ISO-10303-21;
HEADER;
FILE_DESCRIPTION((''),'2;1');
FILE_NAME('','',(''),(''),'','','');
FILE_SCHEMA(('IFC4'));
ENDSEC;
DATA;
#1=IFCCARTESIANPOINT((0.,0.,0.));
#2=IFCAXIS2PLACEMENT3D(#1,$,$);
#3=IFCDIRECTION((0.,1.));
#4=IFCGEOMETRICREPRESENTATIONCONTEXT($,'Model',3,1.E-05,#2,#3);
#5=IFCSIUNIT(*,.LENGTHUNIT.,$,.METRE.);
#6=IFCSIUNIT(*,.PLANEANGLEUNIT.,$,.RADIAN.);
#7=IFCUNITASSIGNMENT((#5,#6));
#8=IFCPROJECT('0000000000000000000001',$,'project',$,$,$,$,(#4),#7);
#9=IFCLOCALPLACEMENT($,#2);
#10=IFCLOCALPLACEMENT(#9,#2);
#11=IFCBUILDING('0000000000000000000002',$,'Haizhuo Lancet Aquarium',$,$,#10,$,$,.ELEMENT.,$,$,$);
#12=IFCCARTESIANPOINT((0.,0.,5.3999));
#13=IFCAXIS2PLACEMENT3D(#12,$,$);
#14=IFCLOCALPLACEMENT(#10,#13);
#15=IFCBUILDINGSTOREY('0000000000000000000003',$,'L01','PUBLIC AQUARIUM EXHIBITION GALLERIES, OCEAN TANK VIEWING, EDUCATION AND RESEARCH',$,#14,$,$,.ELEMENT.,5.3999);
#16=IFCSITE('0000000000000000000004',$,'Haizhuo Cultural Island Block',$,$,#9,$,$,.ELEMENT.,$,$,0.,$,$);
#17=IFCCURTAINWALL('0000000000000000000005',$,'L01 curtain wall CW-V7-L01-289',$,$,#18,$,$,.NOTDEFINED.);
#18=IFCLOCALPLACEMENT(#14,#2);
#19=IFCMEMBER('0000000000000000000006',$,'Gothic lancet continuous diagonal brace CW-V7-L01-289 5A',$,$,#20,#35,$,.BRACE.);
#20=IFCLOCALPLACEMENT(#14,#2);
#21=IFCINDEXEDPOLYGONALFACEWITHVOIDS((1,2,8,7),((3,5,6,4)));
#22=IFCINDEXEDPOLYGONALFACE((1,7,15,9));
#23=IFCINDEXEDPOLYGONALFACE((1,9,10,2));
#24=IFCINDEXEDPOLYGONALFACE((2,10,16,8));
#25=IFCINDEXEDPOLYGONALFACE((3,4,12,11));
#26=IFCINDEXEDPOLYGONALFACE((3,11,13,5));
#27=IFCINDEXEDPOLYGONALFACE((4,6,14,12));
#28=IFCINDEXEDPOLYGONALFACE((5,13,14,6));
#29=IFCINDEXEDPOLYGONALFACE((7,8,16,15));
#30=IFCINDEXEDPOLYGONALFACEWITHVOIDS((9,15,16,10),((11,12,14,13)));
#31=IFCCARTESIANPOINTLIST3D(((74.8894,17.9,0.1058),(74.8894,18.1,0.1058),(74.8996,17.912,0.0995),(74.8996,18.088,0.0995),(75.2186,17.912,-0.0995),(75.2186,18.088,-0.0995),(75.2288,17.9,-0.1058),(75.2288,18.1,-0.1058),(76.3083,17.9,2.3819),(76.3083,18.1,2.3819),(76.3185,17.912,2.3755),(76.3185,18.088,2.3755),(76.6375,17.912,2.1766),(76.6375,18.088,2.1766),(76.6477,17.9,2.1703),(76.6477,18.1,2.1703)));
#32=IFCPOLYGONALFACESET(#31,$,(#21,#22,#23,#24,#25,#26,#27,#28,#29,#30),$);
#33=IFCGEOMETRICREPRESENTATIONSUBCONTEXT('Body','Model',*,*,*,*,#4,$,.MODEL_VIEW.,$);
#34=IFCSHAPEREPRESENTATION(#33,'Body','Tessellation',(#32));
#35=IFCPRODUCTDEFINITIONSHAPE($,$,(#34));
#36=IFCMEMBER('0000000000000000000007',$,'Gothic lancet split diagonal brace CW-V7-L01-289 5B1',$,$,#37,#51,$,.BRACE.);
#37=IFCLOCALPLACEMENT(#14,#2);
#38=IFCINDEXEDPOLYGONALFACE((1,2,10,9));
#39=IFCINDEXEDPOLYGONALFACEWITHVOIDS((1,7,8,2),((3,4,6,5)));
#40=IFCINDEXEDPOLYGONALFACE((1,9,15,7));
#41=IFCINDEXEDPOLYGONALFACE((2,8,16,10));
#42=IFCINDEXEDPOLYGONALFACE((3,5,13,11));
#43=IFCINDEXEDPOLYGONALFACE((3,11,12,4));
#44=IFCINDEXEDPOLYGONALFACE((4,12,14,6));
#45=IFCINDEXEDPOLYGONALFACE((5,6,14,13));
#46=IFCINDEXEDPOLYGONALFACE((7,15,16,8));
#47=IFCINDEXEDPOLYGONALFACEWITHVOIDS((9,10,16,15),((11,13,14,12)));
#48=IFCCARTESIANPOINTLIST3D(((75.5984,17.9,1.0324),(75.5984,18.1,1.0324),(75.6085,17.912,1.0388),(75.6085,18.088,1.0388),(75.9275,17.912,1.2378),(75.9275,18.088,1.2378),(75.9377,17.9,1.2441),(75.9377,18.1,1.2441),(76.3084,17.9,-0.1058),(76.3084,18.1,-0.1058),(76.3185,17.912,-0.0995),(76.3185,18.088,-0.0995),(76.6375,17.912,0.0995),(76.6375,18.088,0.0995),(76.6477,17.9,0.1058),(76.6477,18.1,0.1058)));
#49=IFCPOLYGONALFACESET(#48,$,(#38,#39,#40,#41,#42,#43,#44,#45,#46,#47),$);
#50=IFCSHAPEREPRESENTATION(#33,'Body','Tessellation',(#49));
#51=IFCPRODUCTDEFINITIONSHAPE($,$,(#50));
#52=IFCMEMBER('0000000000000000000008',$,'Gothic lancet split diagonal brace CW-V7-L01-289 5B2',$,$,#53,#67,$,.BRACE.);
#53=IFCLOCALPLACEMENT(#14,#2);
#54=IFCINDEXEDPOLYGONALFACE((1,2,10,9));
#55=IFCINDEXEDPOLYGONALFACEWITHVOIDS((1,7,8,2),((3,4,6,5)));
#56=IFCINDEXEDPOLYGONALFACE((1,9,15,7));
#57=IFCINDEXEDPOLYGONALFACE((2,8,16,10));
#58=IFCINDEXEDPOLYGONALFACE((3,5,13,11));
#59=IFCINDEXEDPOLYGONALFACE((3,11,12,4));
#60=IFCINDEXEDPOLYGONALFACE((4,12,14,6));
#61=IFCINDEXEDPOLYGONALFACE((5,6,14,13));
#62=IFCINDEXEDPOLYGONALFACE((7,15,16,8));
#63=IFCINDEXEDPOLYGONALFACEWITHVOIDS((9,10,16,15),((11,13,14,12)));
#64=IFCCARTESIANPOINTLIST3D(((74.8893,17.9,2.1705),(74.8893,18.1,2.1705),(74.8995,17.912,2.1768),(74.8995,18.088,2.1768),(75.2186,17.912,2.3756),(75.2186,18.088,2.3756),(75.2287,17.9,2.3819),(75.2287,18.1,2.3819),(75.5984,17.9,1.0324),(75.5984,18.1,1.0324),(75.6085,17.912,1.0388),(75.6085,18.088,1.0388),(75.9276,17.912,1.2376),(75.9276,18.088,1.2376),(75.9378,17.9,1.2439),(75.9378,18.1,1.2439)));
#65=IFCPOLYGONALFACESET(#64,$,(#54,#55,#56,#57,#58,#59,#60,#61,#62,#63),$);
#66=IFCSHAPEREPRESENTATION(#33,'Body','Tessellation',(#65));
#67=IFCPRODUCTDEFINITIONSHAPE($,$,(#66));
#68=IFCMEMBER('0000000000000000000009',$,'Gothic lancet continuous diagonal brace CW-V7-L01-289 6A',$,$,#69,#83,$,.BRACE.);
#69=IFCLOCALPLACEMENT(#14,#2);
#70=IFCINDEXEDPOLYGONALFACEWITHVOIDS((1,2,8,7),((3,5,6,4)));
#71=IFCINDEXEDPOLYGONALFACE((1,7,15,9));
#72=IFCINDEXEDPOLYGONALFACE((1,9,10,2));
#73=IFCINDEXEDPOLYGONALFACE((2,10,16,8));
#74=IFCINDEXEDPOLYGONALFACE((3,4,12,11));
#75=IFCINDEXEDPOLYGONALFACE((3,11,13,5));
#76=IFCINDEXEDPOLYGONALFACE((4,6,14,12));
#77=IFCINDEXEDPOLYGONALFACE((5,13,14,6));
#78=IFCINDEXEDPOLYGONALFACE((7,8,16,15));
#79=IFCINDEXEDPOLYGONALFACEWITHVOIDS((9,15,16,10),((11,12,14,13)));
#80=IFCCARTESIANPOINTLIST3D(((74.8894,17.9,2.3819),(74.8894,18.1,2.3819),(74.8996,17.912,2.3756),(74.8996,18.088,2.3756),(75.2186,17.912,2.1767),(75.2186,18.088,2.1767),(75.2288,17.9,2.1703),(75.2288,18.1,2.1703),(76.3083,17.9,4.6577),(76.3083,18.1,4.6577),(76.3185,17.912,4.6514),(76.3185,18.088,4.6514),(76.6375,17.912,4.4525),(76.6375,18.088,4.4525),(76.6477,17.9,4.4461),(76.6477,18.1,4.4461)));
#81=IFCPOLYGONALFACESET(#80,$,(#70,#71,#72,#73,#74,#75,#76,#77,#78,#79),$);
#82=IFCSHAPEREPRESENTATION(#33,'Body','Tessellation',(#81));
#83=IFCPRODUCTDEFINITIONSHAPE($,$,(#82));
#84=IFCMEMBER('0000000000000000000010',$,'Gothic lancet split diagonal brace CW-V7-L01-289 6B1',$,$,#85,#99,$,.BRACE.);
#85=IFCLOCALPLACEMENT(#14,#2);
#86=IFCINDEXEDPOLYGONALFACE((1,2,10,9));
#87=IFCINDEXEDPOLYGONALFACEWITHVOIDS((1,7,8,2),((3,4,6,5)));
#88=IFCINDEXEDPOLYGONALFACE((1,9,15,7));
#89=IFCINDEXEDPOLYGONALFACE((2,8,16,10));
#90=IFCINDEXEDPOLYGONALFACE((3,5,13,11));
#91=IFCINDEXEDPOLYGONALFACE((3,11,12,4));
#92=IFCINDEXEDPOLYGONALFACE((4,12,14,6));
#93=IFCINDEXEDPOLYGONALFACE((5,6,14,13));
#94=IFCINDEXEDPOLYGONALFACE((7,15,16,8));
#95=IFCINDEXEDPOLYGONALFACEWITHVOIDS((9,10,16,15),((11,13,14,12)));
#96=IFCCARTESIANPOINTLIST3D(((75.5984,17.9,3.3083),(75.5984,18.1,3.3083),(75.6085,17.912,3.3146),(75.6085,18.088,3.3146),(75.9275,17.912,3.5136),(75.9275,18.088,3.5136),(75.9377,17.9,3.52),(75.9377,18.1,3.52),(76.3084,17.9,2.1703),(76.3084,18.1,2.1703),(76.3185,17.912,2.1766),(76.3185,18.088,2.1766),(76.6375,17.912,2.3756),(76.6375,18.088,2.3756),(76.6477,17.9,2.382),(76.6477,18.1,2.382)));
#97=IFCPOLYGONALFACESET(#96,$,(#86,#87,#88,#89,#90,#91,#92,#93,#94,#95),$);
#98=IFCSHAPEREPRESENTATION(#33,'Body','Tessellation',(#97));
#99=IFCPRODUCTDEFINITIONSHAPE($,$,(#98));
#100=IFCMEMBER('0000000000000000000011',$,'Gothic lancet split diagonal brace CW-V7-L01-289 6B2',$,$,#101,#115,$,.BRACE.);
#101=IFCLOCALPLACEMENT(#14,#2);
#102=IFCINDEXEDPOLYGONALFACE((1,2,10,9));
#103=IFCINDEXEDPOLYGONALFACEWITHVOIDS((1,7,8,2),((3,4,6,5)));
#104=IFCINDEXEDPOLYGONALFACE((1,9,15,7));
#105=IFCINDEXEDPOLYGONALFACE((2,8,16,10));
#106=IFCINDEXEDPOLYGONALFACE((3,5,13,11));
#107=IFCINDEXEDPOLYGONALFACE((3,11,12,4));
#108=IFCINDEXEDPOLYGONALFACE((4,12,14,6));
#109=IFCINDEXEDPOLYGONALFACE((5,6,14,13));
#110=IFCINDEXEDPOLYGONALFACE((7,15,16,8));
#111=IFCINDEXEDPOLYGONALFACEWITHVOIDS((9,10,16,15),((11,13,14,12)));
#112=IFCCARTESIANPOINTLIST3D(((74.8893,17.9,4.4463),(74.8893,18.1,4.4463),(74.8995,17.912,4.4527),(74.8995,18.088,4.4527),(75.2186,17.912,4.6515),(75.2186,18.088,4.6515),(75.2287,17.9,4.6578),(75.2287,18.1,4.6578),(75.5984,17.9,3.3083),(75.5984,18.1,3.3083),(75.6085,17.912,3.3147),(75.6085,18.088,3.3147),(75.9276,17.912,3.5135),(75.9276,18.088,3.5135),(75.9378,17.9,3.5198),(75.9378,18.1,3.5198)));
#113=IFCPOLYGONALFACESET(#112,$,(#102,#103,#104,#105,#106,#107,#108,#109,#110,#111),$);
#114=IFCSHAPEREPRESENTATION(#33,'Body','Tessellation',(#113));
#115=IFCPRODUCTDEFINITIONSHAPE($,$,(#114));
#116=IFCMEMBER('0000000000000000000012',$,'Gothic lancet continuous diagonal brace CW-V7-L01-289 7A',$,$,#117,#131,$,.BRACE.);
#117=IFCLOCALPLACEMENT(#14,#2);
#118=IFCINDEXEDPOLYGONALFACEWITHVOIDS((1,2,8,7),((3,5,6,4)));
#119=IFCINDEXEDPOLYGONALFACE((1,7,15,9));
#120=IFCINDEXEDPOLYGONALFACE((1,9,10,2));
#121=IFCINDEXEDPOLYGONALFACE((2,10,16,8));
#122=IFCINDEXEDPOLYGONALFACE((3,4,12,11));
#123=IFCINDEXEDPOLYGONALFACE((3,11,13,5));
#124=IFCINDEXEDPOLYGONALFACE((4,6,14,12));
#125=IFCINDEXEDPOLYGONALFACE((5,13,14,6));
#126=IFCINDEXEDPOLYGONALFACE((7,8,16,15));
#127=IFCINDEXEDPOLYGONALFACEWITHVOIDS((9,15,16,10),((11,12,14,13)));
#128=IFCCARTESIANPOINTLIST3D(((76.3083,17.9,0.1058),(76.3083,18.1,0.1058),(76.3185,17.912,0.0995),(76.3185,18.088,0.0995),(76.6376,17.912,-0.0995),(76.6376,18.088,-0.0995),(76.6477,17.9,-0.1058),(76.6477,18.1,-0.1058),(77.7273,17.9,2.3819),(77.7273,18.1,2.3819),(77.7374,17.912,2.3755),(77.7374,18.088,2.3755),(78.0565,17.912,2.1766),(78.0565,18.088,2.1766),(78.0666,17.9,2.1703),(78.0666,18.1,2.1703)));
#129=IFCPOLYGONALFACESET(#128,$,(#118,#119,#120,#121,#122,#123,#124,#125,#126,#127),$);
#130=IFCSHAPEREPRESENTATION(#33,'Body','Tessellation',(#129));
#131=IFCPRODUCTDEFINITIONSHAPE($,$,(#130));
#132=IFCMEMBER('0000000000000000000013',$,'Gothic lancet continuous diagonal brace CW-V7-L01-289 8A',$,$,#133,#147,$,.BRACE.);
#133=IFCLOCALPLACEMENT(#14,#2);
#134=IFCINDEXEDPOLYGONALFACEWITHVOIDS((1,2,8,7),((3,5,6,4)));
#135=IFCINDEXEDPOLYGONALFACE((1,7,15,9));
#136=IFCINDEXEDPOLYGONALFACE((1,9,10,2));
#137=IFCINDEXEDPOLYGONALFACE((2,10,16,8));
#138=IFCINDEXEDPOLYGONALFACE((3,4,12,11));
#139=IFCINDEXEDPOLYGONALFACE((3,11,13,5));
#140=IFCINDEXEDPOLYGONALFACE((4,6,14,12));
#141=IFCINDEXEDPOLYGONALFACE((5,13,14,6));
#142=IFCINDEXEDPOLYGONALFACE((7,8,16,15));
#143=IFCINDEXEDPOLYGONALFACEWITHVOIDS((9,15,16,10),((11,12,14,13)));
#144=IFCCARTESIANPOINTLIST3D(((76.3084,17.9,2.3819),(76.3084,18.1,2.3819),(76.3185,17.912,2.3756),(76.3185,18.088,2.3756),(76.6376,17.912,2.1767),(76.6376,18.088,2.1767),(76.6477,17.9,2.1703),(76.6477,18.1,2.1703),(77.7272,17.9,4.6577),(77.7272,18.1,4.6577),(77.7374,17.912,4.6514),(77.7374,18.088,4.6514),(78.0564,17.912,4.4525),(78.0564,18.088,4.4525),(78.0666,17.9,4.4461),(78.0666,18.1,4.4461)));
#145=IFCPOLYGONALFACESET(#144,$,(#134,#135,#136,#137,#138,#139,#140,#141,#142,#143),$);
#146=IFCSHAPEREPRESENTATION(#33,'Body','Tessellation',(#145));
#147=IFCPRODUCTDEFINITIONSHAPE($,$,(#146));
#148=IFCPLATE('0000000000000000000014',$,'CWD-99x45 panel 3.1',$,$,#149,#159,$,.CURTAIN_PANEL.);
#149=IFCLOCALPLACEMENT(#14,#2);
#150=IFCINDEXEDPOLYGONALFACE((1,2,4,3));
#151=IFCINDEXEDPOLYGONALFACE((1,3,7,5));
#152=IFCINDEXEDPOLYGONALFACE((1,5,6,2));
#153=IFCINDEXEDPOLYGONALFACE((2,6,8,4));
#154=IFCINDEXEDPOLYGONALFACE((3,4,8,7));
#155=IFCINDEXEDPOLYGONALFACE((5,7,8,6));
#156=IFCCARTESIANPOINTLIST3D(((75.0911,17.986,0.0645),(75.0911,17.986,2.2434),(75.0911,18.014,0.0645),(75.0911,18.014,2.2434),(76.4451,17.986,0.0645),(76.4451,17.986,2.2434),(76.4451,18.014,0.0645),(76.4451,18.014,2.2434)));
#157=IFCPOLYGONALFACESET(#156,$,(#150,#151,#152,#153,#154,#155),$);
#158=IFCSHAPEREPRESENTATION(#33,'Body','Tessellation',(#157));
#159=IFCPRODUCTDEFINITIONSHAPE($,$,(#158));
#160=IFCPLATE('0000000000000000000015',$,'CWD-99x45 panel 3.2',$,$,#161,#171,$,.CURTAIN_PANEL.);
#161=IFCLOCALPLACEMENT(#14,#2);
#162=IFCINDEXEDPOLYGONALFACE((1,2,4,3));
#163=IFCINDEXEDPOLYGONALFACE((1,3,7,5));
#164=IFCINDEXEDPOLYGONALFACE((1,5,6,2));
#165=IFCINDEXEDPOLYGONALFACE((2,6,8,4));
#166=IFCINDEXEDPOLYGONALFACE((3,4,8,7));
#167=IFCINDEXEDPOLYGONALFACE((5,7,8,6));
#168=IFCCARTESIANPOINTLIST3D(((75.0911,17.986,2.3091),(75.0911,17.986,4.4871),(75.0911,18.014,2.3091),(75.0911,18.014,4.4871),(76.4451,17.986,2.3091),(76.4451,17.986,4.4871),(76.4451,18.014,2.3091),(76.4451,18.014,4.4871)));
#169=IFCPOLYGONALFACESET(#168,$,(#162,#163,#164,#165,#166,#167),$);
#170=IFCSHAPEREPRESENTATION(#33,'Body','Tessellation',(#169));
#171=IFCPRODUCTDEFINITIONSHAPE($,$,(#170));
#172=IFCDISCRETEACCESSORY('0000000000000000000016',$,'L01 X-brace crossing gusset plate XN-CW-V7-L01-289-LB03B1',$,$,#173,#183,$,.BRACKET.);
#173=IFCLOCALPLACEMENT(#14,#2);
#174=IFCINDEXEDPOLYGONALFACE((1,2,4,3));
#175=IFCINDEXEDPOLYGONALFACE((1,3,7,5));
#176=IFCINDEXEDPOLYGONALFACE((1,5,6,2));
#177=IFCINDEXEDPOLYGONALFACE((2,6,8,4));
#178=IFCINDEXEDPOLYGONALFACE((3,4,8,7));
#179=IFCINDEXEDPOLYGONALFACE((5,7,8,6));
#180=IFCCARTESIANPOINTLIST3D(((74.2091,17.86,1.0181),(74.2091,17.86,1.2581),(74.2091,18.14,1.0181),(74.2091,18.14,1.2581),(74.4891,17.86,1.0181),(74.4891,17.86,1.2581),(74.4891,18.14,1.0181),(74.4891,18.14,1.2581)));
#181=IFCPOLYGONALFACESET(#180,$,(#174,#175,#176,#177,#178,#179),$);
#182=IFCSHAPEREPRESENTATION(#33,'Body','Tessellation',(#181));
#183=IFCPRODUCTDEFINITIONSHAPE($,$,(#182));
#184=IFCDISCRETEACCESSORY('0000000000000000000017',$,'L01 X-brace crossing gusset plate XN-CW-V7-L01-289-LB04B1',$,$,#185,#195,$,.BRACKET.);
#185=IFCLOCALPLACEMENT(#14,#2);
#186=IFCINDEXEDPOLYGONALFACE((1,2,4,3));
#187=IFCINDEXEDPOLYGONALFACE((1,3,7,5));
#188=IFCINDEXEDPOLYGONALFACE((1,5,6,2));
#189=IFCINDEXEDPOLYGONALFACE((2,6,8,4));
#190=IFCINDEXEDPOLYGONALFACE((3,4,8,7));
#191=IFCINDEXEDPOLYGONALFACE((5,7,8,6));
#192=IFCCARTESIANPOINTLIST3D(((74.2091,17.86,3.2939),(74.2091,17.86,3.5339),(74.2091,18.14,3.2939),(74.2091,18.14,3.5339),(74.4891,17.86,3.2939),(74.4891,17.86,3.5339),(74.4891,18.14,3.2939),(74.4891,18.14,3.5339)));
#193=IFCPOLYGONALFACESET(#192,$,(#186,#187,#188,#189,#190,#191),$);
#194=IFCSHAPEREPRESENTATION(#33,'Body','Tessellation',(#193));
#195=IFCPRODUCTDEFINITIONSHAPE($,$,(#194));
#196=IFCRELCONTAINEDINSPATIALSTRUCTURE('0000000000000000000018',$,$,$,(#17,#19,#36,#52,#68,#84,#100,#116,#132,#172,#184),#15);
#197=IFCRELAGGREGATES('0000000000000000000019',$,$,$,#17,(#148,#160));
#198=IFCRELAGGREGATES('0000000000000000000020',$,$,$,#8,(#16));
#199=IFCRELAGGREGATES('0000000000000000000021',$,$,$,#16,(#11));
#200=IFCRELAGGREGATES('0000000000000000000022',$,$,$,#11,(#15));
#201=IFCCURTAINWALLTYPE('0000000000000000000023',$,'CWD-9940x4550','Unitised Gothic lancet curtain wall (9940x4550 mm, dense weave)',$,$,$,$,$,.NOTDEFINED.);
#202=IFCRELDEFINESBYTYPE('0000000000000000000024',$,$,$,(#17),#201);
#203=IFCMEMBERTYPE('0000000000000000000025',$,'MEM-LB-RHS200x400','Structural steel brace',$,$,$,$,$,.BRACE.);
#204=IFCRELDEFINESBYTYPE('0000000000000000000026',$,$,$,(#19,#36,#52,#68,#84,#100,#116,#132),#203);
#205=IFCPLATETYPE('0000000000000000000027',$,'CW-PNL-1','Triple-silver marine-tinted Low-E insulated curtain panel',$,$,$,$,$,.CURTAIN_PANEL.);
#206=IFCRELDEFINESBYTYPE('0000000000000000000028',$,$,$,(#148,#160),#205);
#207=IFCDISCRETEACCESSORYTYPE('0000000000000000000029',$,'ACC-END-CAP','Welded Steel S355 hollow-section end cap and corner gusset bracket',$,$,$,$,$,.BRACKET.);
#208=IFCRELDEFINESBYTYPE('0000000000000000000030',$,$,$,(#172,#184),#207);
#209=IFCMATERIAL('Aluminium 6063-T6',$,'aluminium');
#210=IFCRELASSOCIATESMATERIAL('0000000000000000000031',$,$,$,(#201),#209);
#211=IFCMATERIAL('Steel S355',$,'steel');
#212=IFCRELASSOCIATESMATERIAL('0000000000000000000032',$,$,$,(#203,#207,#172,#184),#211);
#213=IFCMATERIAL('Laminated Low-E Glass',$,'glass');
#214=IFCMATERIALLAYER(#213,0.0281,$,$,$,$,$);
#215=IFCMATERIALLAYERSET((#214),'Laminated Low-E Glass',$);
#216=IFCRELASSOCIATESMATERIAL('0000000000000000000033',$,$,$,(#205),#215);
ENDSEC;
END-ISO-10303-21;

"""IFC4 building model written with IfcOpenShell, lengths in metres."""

from ifc_helpers import new_model, si_unit, direction, frame, origin, origin_2d, place, context, subcontext, project, spatial, rectangle, hollow_rectangle, extrude, material, layer, layer_set, material_profile, profile_set, type_object, element, aggregate, save


model = new_model("IFC4")

# Units and contexts
model_context = context("Model", 3, precision=1e-05, world=origin(), true_north=direction((0.0, 1.0)))
body_context = subcontext(model_context, "Body", "Model", "MODEL_VIEW")
ifc_project = project(units=[si_unit("LENGTHUNIT", "METRE"), si_unit("PLANEANGLEUNIT", "RADIAN")], contexts=[model_context])

# Site, building, storey
site_placement = place(None, origin())
site = spatial("IfcSite", under=ifc_project, at=site_placement, Name="Haizhuo Cultural Island Block", CompositionType="ELEMENT", RefElevation=0.0)
building_placement = place(site_placement, origin())
building = spatial("IfcBuilding", under=site, at=building_placement, Name="Haizhuo Lancet Aquarium", CompositionType="ELEMENT")
storey_placement = place(building_placement, frame((0.0, 0.0, 5.3999)))
storey = spatial("IfcBuildingStorey", under=building, at=storey_placement, Name="L01", Description="PUBLIC AQUARIUM EXHIBITION GALLERIES, OCEAN TANK VIEWING, EDUCATION AND RESEARCH", CompositionType="ELEMENT", Elevation=5.3999)

# Curtain wall
ifc_material_1 = material(Name="Aluminium 6063-T6", Category="aluminium")
curtain_wall_type = type_object("IfcCurtainWallType", Name="CWD-9940x4550", Description="Unitised Gothic lancet curtain wall (9940x4550 mm, dense weave)", PredefinedType="NOTDEFINED", material=ifc_material_1)
curtain_wall_placement = place(storey_placement, origin())
curtain_wall = element("IfcCurtainWall", 1, at=curtain_wall_placement, inside=storey, type_object=curtain_wall_type, Name="L01 curtain wall CW-V7-L01-289", PredefinedType="NOTDEFINED")

# Members
ifc_material_2 = material(Name="Steel S355", Category="steel")
ifc_material_profile_1 = material_profile(ifc_material_2, hollow_rectangle(XDim=0.2, YDim=0.3999, WallThickness=0.012, at=origin_2d()), Name="RHS 200x400x12")
ifc_profile_set_1 = profile_set([ifc_material_profile_1], Name="Steel S355")
member_type_1 = type_object("IfcMemberType", Name="MEM-LB-RHS200x400", Description="Structural steel brace", PredefinedType="BRACE", material=ifc_profile_set_1)
member_1_placement = place(storey_placement, frame((75.0591, 18.0, 0.0), z_axis=(0.529025, 0.0, 0.848606), x_axis=(0.0, 1.0, 0.0)))
element("IfcMember", 2, at=member_1_placement, inside=storey, type_object=member_type_1, Name="Gothic lancet continuous diagonal brace CW-V7-L01-289 5A", PredefinedType="BRACE", context=body_context, shape_type="SweptSolid", body=[
    extrude(hollow_rectangle(XDim=0.2, YDim=0.3999, WallThickness=0.012, at=origin_2d()), origin(), (0.0, 0.0, 1.0), 2.6821),
])
member_2_placement = place(storey_placement, frame((76.478, 18.0, 0.0), z_axis=(-0.529246, 0.0, 0.848468), x_axis=(0.0, -1.0, 0.0)))
element("IfcMember", 3, at=member_2_placement, inside=storey, type_object=member_type_1, Name="Gothic lancet split diagonal brace CW-V7-L01-289 5B1", PredefinedType="BRACE", context=body_context, shape_type="SweptSolid", body=[
    extrude(hollow_rectangle(XDim=0.2, YDim=0.3999, WallThickness=0.012, at=origin_2d()), origin(), (0.0, 0.0, 1.0), 1.3416),
])
member_3_placement = place(storey_placement, frame((75.7681, 18.0, 1.1382), z_axis=(-0.528804, 0.0, 0.848744), x_axis=(0.0, -1.0, 0.0)))
element("IfcMember", 4, at=member_3_placement, inside=storey, type_object=member_type_1, Name="Gothic lancet split diagonal brace CW-V7-L01-289 5B2", PredefinedType="BRACE", context=body_context, shape_type="SweptSolid", body=[
    extrude(hollow_rectangle(XDim=0.2, YDim=0.3999, WallThickness=0.012, at=origin_2d()), origin(), (0.0, 0.0, 1.0), 1.3408),
])
member_4_placement = place(storey_placement, frame((75.0591, 18.0, 2.2761), z_axis=(0.529066, 0.0, 0.848581), x_axis=(0.0, 1.0, 0.0)))
element("IfcMember", 5, at=member_4_placement, inside=storey, type_object=member_type_1, Name="Gothic lancet continuous diagonal brace CW-V7-L01-289 6A", PredefinedType="BRACE", context=body_context, shape_type="SweptSolid", body=[
    extrude(hollow_rectangle(XDim=0.2, YDim=0.3999, WallThickness=0.012, at=origin_2d()), origin(), (0.0, 0.0, 1.0), 2.6819),
])
member_5_placement = place(storey_placement, frame((76.478, 18.0, 2.2761), z_axis=(-0.529328, 0.0, 0.848417), x_axis=(0.0, -1.0, 0.0)))
element("IfcMember", 6, at=member_5_placement, inside=storey, type_object=member_type_1, Name="Gothic lancet split diagonal brace CW-V7-L01-289 6B1", PredefinedType="BRACE", context=body_context, shape_type="SweptSolid", body=[
    extrude(hollow_rectangle(XDim=0.2, YDim=0.3999, WallThickness=0.012, at=origin_2d()), origin(), (0.0, 0.0, 1.0), 1.3413),
])
member_6_placement = place(storey_placement, frame((75.7681, 18.0, 3.4141), z_axis=(-0.528804, 0.0, 0.848744), x_axis=(0.0, -1.0, 0.0)))
element("IfcMember", 7, at=member_6_placement, inside=storey, type_object=member_type_1, Name="Gothic lancet split diagonal brace CW-V7-L01-289 6B2", PredefinedType="BRACE", context=body_context, shape_type="SweptSolid", body=[
    extrude(hollow_rectangle(XDim=0.2, YDim=0.3999, WallThickness=0.012, at=origin_2d()), origin(), (0.0, 0.0, 1.0), 1.3408),
])
member_7_placement = place(storey_placement, frame((76.478, 18.0, 0.0), z_axis=(0.529025, 0.0, 0.848606), x_axis=(0.0, 1.0, 0.0)))
element("IfcMember", 8, at=member_7_placement, inside=storey, type_object=member_type_1, Name="Gothic lancet continuous diagonal brace CW-V7-L01-289 7A", PredefinedType="BRACE", context=body_context, shape_type="SweptSolid", body=[
    extrude(hollow_rectangle(XDim=0.2, YDim=0.3999, WallThickness=0.012, at=origin_2d()), origin(), (0.0, 0.0, 1.0), 2.6821),
])
member_8_placement = place(storey_placement, frame((76.478, 18.0, 2.2761), z_axis=(0.529066, 0.0, 0.848581), x_axis=(0.0, 1.0, 0.0)))
element("IfcMember", 9, at=member_8_placement, inside=storey, type_object=member_type_1, Name="Gothic lancet continuous diagonal brace CW-V7-L01-289 8A", PredefinedType="BRACE", context=body_context, shape_type="SweptSolid", body=[
    extrude(hollow_rectangle(XDim=0.2, YDim=0.3999, WallThickness=0.012, at=origin_2d()), origin(), (0.0, 0.0, 1.0), 2.6819),
])

# Plates
ifc_material_3 = material(Name="Laminated Low-E Glass", Category="glass")
ifc_layer = layer(ifc_material_3, 0.0281)
ifc_layer_set = layer_set([ifc_layer], Name="Laminated Low-E Glass")
plate_type = type_object("IfcPlateType", Name="CW-PNL-1", Description="Triple-silver marine-tinted Low-E insulated curtain panel", PredefinedType="CURTAIN_PANEL", material=ifc_layer_set)
plate_1_placement = place(storey_placement, frame((75.7681, 18.0, 0.0645), z_axis=(0.0, 0.0, 1.0), x_axis=(1.0, 0.0, 0.0)))
plate_1 = element("IfcPlate", 10, at=plate_1_placement, type_object=plate_type, Name="CWD-99x45 panel 3.1", PredefinedType="CURTAIN_PANEL", context=body_context, shape_type="SweptSolid", body=[
    extrude(rectangle(XDim=1.354, YDim=0.0281, at=origin_2d()), origin(), (0.0, 0.0, 1.0), 2.179),
])
plate_2_placement = place(storey_placement, frame((75.7681, 18.0, 2.3091), z_axis=(0.0, 0.0, 1.0), x_axis=(1.0, 0.0, 0.0)))
plate_2 = element("IfcPlate", 11, at=plate_2_placement, type_object=plate_type, Name="CWD-99x45 panel 3.2", PredefinedType="CURTAIN_PANEL", context=body_context, shape_type="SweptSolid", body=[
    extrude(rectangle(XDim=1.354, YDim=0.0281, at=origin_2d()), origin(), (0.0, 0.0, 1.0), 2.178),
])
aggregate(curtain_wall, [plate_1, plate_2])

# Discrete accessories
discrete_accessory_type = type_object("IfcDiscreteAccessoryType", Name="ACC-END-CAP", Description="Welded Steel S355 hollow-section end cap and corner gusset bracket", PredefinedType="BRACKET", material=ifc_material_2)
for number, where, z_axis, x_axis, name in (
    (12, (74.3491, 18.0, 1.0181), (0.0, 0.0, 1.0), (1.0, 0.0, 0.0), "L01 X-brace crossing gusset plate XN-CW-V7-L01-289-LB03B1"),
    (13, (74.3491, 18.0, 3.2939), (0.0, 0.0, 1.0), (1.0, 0.0, 0.0), "L01 X-brace crossing gusset plate XN-CW-V7-L01-289-LB04B1"),
):
    element("IfcDiscreteAccessory", number, at=place(storey_placement, frame(where, z_axis=z_axis, x_axis=x_axis)), inside=storey, type_object=discrete_accessory_type, material=ifc_material_2, Name=name, PredefinedType="BRACKET", context=body_context, shape_type="SweptSolid", body=[
        extrude(rectangle(XDim=0.28, YDim=0.28, at=origin_2d()), origin(), (0.0, 0.0, 1.0), 0.24),
    ])

save(model, "model.ifc")
